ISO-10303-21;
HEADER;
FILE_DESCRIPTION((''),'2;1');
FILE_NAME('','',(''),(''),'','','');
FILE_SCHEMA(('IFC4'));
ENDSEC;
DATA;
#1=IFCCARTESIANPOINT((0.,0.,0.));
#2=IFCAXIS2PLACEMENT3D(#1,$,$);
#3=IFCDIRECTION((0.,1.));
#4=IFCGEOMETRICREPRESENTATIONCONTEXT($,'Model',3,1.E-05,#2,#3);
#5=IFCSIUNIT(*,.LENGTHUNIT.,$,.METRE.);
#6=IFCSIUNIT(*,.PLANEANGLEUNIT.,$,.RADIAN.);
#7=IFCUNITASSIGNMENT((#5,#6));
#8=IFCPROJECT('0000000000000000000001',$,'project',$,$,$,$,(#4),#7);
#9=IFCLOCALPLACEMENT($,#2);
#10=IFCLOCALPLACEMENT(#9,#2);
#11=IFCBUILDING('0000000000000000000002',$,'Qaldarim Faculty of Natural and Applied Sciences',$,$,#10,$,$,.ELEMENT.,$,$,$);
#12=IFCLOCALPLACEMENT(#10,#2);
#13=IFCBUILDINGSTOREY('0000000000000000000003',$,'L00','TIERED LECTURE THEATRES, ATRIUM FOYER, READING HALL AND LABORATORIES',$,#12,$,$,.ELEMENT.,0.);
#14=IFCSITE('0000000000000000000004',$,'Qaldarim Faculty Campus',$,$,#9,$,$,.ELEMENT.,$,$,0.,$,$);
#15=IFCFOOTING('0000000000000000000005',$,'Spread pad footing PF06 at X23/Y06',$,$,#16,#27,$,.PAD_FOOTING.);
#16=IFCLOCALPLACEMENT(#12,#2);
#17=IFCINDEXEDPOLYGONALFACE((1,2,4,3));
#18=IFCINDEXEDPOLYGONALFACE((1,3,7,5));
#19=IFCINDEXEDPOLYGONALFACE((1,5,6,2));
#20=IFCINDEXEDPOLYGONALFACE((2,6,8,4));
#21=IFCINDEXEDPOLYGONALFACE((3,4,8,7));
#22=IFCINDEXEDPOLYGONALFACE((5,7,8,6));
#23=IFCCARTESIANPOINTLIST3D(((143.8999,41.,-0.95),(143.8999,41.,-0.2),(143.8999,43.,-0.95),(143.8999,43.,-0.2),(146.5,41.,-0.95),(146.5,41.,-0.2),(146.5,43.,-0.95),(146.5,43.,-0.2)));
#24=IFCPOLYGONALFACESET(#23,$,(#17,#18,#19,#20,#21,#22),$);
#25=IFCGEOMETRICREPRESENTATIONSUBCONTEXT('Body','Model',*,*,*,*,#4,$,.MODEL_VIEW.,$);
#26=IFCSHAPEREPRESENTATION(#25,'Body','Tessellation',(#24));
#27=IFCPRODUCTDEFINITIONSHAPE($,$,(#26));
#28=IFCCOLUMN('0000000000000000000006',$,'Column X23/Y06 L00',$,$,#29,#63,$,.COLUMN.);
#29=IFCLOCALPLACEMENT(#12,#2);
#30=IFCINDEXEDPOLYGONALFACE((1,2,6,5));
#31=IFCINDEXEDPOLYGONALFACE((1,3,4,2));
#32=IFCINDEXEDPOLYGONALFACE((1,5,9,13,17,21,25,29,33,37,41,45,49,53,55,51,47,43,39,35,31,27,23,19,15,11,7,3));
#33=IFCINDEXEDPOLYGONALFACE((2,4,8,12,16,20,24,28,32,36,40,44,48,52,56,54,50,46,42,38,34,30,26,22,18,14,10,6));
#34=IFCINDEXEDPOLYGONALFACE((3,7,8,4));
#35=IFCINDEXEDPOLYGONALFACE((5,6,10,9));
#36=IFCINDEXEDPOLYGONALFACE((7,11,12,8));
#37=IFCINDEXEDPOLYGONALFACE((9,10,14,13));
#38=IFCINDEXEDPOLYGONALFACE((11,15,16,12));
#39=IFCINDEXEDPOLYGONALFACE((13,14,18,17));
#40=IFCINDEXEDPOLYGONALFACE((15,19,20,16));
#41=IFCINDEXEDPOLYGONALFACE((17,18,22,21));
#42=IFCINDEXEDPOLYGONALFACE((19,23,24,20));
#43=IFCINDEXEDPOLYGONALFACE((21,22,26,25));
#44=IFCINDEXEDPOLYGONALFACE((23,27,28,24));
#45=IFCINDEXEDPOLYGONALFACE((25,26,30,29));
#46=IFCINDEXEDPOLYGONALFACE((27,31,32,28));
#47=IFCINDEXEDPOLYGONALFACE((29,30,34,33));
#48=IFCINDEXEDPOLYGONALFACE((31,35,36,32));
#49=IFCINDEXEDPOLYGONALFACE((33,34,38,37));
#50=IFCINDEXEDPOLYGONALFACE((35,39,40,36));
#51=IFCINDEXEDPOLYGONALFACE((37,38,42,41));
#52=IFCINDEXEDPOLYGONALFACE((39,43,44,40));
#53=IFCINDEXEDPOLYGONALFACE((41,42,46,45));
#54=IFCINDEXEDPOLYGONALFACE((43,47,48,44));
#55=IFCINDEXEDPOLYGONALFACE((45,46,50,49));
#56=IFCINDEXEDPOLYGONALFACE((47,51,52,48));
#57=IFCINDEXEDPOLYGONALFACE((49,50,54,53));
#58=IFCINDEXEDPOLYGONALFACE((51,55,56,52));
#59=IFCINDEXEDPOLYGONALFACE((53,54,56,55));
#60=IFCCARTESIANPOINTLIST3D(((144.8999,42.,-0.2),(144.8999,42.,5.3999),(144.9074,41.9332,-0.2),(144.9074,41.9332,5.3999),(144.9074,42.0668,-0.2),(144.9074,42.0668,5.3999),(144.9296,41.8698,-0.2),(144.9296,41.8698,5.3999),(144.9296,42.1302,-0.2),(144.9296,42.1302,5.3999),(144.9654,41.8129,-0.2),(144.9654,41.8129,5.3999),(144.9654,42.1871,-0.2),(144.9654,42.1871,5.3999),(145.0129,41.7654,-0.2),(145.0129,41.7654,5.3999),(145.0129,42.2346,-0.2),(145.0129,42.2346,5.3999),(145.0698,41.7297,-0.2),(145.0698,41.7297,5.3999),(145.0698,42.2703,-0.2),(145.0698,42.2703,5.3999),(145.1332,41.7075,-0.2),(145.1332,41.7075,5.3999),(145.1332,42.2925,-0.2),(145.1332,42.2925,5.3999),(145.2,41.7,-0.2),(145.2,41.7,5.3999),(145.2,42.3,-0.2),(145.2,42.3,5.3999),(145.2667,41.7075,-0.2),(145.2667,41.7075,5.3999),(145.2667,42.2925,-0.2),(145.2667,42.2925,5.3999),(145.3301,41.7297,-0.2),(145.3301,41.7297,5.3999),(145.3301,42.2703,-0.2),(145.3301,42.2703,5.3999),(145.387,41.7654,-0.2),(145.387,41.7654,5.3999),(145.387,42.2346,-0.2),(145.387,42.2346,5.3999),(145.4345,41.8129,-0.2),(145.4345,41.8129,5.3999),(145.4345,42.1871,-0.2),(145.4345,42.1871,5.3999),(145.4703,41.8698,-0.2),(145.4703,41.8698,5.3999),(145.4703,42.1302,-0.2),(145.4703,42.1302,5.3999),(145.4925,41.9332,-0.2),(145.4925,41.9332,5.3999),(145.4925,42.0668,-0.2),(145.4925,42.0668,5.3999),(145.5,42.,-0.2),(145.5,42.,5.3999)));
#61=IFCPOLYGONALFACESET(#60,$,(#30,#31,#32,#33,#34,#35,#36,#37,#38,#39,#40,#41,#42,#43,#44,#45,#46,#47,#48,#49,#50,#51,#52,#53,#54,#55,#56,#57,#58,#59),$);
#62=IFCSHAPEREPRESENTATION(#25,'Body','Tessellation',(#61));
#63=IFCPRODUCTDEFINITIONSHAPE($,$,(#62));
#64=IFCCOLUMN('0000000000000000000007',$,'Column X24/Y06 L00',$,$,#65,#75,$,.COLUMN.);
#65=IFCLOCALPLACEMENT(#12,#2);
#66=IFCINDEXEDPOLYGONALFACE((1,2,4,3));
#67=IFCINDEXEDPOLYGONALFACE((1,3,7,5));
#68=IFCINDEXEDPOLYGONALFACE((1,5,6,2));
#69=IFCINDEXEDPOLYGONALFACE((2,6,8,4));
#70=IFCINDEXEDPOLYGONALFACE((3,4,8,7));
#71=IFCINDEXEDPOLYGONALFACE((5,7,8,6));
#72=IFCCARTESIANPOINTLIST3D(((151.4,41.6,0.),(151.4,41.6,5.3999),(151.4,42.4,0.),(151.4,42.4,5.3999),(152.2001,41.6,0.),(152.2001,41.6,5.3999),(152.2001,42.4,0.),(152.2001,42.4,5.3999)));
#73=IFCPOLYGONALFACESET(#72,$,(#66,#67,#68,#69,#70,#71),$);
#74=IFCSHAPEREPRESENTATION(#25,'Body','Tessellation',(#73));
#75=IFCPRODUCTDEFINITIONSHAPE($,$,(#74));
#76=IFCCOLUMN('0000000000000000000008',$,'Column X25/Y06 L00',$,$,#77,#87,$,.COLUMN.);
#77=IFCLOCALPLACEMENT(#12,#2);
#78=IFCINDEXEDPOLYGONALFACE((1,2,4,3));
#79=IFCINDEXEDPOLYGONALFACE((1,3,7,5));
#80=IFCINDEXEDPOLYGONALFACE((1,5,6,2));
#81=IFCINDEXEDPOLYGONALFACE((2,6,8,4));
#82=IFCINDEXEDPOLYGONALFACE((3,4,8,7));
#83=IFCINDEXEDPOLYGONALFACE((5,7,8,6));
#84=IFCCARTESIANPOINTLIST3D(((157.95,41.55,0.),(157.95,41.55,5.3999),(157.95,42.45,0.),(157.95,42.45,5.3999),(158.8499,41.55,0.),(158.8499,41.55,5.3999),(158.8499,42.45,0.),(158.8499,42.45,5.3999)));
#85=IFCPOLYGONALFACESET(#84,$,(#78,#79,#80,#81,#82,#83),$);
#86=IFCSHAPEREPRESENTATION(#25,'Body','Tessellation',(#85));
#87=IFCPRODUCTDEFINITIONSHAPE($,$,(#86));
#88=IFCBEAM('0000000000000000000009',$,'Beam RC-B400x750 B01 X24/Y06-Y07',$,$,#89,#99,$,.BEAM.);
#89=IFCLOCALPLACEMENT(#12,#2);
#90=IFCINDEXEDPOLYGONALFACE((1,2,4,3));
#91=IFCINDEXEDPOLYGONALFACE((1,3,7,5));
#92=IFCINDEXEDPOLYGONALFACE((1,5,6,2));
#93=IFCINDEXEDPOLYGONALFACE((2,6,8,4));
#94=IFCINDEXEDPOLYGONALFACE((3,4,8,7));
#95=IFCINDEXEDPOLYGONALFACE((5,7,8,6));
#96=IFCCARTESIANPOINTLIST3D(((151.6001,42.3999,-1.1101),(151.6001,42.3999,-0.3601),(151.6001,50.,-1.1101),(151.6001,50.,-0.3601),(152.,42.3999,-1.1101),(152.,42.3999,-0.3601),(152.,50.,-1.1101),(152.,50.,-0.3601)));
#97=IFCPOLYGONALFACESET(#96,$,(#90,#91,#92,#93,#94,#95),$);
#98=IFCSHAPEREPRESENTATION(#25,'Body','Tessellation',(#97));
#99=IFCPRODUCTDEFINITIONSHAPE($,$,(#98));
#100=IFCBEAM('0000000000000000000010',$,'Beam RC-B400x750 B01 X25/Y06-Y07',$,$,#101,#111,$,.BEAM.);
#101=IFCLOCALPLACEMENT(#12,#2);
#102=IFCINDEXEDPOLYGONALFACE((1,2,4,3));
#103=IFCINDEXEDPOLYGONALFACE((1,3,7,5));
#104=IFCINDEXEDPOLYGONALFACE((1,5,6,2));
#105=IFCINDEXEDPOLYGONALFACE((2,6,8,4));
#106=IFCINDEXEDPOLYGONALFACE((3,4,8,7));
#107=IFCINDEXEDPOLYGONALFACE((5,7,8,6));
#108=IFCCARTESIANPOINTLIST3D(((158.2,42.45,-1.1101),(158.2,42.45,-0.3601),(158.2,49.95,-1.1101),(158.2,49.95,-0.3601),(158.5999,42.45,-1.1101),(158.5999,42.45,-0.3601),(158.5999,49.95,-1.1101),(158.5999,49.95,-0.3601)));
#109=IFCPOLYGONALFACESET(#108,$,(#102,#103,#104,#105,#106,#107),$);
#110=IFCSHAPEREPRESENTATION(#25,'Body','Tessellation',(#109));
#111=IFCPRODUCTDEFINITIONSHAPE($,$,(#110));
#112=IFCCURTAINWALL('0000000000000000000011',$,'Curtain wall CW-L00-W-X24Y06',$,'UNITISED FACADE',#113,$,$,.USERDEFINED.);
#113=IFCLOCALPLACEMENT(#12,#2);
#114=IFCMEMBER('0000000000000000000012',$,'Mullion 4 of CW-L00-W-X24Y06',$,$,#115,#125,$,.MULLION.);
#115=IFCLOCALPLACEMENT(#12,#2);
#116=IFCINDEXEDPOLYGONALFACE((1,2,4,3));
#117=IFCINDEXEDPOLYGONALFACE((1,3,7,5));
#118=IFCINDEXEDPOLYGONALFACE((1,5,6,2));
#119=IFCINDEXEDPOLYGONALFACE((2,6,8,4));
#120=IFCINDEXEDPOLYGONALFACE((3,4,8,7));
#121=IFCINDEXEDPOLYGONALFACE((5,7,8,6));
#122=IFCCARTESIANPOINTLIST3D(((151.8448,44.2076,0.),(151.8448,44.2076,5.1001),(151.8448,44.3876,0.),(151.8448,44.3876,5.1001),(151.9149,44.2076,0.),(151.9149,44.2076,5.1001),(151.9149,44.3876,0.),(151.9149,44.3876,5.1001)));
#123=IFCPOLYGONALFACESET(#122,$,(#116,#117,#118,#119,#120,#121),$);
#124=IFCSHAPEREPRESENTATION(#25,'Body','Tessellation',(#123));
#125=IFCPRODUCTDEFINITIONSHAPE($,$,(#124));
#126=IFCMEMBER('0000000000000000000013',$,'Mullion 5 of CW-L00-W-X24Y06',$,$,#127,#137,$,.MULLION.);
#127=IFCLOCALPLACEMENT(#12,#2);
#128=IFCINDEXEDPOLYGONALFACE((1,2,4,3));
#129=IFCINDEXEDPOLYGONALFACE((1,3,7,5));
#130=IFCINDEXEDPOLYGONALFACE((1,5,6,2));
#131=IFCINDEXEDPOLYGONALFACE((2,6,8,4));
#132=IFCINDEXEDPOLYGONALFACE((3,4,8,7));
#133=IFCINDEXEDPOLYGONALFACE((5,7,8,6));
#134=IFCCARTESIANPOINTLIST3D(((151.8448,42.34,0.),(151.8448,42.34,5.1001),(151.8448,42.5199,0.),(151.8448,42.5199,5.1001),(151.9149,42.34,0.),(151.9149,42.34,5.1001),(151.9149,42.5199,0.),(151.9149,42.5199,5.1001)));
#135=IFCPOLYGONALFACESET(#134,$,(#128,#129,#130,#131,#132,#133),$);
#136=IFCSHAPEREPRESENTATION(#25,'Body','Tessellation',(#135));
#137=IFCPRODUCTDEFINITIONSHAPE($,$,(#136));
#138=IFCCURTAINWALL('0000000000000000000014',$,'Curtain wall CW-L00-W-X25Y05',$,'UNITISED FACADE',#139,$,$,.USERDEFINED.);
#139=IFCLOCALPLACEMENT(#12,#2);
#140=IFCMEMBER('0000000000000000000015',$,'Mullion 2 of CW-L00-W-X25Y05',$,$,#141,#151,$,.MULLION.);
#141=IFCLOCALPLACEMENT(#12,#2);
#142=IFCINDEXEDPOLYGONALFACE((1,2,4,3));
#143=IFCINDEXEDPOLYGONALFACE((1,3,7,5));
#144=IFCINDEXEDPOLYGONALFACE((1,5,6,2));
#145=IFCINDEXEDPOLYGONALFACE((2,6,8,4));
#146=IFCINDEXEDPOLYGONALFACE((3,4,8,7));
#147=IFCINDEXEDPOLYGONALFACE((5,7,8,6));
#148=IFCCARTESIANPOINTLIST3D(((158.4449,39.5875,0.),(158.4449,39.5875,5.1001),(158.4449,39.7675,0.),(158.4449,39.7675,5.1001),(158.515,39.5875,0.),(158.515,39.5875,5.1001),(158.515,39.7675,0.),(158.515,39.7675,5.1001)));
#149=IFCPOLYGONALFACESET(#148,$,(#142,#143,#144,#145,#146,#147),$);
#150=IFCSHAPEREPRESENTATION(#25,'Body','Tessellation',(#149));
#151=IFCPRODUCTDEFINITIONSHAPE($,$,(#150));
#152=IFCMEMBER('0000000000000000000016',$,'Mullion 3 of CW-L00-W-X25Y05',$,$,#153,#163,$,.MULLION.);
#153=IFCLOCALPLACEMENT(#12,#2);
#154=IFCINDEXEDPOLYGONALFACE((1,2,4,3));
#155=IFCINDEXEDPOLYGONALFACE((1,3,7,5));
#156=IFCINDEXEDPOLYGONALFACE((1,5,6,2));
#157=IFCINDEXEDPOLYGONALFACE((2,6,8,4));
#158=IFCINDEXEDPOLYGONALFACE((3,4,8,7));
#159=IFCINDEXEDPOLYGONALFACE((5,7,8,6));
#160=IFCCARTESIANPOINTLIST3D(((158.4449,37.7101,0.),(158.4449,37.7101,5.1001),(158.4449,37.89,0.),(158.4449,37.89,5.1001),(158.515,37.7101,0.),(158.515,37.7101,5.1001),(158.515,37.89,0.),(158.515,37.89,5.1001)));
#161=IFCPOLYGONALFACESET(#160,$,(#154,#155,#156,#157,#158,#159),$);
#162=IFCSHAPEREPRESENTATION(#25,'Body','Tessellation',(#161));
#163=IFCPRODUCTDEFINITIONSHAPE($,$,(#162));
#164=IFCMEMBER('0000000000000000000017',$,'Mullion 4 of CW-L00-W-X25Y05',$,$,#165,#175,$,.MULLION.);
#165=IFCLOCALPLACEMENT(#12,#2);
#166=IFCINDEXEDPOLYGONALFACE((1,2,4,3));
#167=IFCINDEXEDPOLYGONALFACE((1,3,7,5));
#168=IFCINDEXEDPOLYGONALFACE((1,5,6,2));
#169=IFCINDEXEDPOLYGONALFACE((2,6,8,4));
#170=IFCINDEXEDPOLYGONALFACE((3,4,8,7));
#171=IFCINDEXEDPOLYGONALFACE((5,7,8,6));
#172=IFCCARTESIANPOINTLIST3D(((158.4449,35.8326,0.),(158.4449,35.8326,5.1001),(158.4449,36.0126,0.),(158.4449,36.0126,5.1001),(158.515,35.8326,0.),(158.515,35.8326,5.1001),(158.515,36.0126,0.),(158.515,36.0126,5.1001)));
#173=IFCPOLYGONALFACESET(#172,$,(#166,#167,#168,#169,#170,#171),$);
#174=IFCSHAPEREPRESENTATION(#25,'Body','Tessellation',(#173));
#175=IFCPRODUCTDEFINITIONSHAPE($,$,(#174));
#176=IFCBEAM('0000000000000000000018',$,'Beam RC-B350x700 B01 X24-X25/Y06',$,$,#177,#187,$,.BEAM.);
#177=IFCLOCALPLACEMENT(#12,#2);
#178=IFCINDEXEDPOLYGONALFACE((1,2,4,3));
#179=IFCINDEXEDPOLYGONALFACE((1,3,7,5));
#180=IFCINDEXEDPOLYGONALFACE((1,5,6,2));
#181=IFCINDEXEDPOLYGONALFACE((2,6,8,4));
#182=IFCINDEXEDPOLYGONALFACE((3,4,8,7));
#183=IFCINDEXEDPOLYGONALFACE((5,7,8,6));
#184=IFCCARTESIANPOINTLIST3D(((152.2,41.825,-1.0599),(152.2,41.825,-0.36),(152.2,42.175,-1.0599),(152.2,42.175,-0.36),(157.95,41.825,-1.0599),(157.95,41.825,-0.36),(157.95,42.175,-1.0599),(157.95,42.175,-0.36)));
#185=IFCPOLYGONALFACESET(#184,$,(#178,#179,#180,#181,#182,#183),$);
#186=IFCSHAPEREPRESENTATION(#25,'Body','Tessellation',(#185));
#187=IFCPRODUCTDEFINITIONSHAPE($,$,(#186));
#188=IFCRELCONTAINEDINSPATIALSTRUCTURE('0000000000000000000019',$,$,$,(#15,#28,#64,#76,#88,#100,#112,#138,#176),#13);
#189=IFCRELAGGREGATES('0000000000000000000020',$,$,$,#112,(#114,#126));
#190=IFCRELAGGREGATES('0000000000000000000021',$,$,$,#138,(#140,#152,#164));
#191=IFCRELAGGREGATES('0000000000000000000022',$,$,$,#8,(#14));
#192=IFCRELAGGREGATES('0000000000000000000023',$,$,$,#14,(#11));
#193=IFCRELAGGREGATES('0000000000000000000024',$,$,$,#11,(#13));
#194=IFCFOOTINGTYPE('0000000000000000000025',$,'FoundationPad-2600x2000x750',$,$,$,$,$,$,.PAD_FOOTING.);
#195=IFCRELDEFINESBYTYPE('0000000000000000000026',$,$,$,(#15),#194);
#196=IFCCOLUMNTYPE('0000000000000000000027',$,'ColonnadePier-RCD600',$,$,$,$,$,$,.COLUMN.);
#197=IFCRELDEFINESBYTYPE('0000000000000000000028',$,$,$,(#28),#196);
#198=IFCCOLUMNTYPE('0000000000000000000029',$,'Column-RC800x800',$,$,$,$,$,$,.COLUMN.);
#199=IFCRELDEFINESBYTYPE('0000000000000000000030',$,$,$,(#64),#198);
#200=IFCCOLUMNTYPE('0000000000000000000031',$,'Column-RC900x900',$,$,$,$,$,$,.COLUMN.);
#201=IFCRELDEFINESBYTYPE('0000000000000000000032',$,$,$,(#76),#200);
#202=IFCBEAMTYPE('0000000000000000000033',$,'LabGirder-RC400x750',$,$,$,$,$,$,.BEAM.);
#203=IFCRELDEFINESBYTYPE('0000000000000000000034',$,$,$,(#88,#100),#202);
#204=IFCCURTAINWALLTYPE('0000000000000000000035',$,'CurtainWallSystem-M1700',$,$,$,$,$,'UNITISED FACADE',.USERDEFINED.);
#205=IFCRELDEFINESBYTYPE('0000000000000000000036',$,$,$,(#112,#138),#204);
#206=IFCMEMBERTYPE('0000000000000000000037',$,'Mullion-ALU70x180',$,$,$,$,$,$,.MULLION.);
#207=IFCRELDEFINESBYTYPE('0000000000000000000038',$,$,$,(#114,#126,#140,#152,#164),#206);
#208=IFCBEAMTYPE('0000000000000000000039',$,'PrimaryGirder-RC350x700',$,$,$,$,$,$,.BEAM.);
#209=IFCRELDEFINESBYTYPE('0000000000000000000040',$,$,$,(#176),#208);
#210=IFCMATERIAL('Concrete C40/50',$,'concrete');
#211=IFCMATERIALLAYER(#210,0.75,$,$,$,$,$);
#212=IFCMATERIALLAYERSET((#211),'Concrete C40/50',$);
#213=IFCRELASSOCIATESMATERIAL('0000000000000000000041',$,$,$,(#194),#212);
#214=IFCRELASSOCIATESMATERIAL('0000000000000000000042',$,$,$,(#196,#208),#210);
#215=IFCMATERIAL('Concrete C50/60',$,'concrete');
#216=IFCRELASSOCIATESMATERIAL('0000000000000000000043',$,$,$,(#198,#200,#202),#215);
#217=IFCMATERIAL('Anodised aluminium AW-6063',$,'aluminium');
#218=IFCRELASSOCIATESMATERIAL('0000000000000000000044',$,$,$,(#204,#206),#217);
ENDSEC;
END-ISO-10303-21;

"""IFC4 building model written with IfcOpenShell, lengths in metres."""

from ifc_helpers import new_model, si_unit, direction, frame, origin, origin_2d, place, context, subcontext, project, spatial, rectangle, circle, extrude, material, layer, layer_set, material_profile, profile_set, type_object, element, aggregate, save


model = new_model("IFC4")

# Units and contexts
model_context = context("Model", 3, precision=1e-05, world=origin(), true_north=direction((0.0, 1.0)))
body_context = subcontext(model_context, "Body", "Model", "MODEL_VIEW")
ifc_project = project(units=[si_unit("LENGTHUNIT", "METRE"), si_unit("PLANEANGLEUNIT", "RADIAN")], contexts=[model_context])

# Site, building, storey
site_placement = place(None, origin())
site = spatial("IfcSite", under=ifc_project, at=site_placement, Name="Qaldarim Faculty Campus", CompositionType="ELEMENT", RefElevation=0.0)
building_placement = place(site_placement, origin())
building = spatial("IfcBuilding", under=site, at=building_placement, Name="Qaldarim Faculty of Natural and Applied Sciences", CompositionType="ELEMENT")
storey_placement = place(building_placement, origin())
storey = spatial("IfcBuildingStorey", under=building, at=storey_placement, Name="L00", Description="TIERED LECTURE THEATRES, ATRIUM FOYER, READING HALL AND LABORATORIES", CompositionType="ELEMENT", Elevation=0.0)

# Footing
ifc_material_1 = material(Name="Concrete C40/50", Category="concrete")
ifc_layer_1 = layer(ifc_material_1, 0.75)
ifc_layer_set_1 = layer_set([ifc_layer_1], Name="Concrete C40/50")
footing_type = type_object("IfcFootingType", Name="FoundationPad-2600x2000x750", PredefinedType="PAD_FOOTING", material=ifc_layer_set_1)
footing_placement = place(storey_placement, frame((145.2, 42.0, -0.95), z_axis=(0.0, 0.0, 1.0), x_axis=(1.0, 0.0, 0.0)))
element("IfcFooting", 1, at=footing_placement, inside=storey, type_object=footing_type, Name="Spread pad footing PF06 at X23/Y06", PredefinedType="PAD_FOOTING", context=body_context, shape_type="SweptSolid", body=[
    extrude(rectangle(XDim=2.6001, YDim=2.0, at=origin_2d()), origin(), (0.0, 0.0, 1.0), 0.75),
])

# Columns
ifc_material_profile_1 = material_profile(ifc_material_1, circle(Radius=0.3, at=origin_2d()), Name="RC-D600")
ifc_profile_set_1 = profile_set([ifc_material_profile_1], Name="Concrete C40/50")
column_type_1 = type_object("IfcColumnType", Name="ColonnadePier-RCD600", PredefinedType="COLUMN", material=ifc_profile_set_1)
column_1_placement = place(storey_placement, frame((145.2, 42.0, -0.2), z_axis=(0.0, 0.0, 1.0), x_axis=(1.0, 0.0, 0.0)))
element("IfcColumn", 2, at=column_1_placement, inside=storey, type_object=column_type_1, Name="Column X23/Y06 L00", PredefinedType="COLUMN", context=body_context, shape_type="SweptSolid", body=[
    extrude(circle(Radius=0.3, at=origin_2d()), origin(), (0.0, 0.0, 1.0), 5.5999),
])
ifc_material_2 = material(Name="Concrete C50/60", Category="concrete")
ifc_material_profile_2 = material_profile(ifc_material_2, rectangle(XDim=0.8, YDim=0.8, at=origin_2d()), Name="RC-C800x800")
ifc_profile_set_2 = profile_set([ifc_material_profile_2], Name="Concrete C50/60")
column_type_2 = type_object("IfcColumnType", Name="Column-RC800x800", PredefinedType="COLUMN", material=ifc_profile_set_2)
column_2_placement = place(storey_placement, frame((151.8, 42.0, 0.0), z_axis=(0.0, 0.0, 1.0), x_axis=(1.0, 0.0, 0.0)))
element("IfcColumn", 3, at=column_2_placement, inside=storey, type_object=column_type_2, Name="Column X24/Y06 L00", PredefinedType="COLUMN", context=body_context, shape_type="SweptSolid", body=[
    extrude(rectangle(XDim=0.8, YDim=0.8, at=origin_2d()), origin(), (0.0, 0.0, 1.0), 5.3999),
])
ifc_material_profile_3 = material_profile(ifc_material_2, rectangle(XDim=0.8999, YDim=0.8999, at=origin_2d()), Name="RC-C900x900")
ifc_profile_set_3 = profile_set([ifc_material_profile_3], Name="Concrete C50/60")
column_type_3 = type_object("IfcColumnType", Name="Column-RC900x900", PredefinedType="COLUMN", material=ifc_profile_set_3)
column_3_placement = place(storey_placement, frame((158.3999, 42.0, 0.0), z_axis=(0.0, 0.0, 1.0), x_axis=(1.0, 0.0, 0.0)))
element("IfcColumn", 4, at=column_3_placement, inside=storey, type_object=column_type_3, Name="Column X25/Y06 L00", PredefinedType="COLUMN", context=body_context, shape_type="SweptSolid", body=[
    extrude(rectangle(XDim=0.8999, YDim=0.8999, at=origin_2d()), origin(), (0.0, 0.0, 1.0), 5.3999),
])

# Beams
ifc_material_profile_4 = material_profile(ifc_material_2, rectangle(XDim=0.3999, YDim=0.75, at=origin_2d()), Name="RC-B400x750")
ifc_profile_set_4 = profile_set([ifc_material_profile_4], Name="Concrete C50/60")
beam_type_1 = type_object("IfcBeamType", Name="LabGirder-RC400x750", PredefinedType="BEAM", material=ifc_profile_set_4)
beam_1_placement = place(storey_placement, frame((151.8, 42.3999, -0.7351), z_axis=(0.0, 1.0, 0.0), x_axis=(-1.0, 0.0, 0.0)))
element("IfcBeam", 5, at=beam_1_placement, inside=storey, type_object=beam_type_1, Name="Beam RC-B400x750 B01 X24/Y06-Y07", PredefinedType="BEAM", context=body_context, shape_type="SweptSolid", body=[
    extrude(rectangle(XDim=0.3999, YDim=0.75, at=origin_2d()), origin(), (0.0, 0.0, 1.0), 7.6001),
])
beam_2_placement = place(storey_placement, frame((158.3999, 42.45, -0.7351), z_axis=(0.0, 1.0, 0.0), x_axis=(-1.0, 0.0, 0.0)))
element("IfcBeam", 6, at=beam_2_placement, inside=storey, type_object=beam_type_1, Name="Beam RC-B400x750 B01 X25/Y06-Y07", PredefinedType="BEAM", context=body_context, shape_type="SweptSolid", body=[
    extrude(rectangle(XDim=0.3999, YDim=0.75, at=origin_2d()), origin(), (0.0, 0.0, 1.0), 7.5),
])

# Curtain walls, members
ifc_material_3 = material(Name="Anodised aluminium AW-6063", Category="aluminium")
curtain_wall_type = type_object("IfcCurtainWallType", Name="CurtainWallSystem-M1700", ElementType="UNITISED FACADE", PredefinedType="USERDEFINED", material=ifc_material_3)
curtain_wall_1_placement = place(storey_placement, origin())
curtain_wall_1 = element("IfcCurtainWall", 7, at=curtain_wall_1_placement, inside=storey, type_object=curtain_wall_type, Name="Curtain wall CW-L00-W-X24Y06", ObjectType="UNITISED FACADE", PredefinedType="USERDEFINED")
ifc_material_profile_5 = material_profile(ifc_material_3, rectangle(XDim=0.0701, YDim=0.1799, at=origin_2d()), Name="ALU-M70x180")
ifc_profile_set_5 = profile_set([ifc_material_profile_5], Name="Anodised aluminium AW-6063")
member_type_1 = type_object("IfcMemberType", Name="Mullion-ALU70x180", PredefinedType="MULLION", material=ifc_profile_set_5)
member_1_placement = place(storey_placement, frame((151.8799, 44.2976, 0.0), z_axis=(0.0, 0.0, 1.0), x_axis=(1.0, 0.0, 0.0)))
member_1 = element("IfcMember", 8, at=member_1_placement, type_object=member_type_1, Name="Mullion 4 of CW-L00-W-X24Y06", PredefinedType="MULLION", context=body_context, shape_type="SweptSolid", body=[
    extrude(rectangle(XDim=0.0701, YDim=0.1799, at=origin_2d()), origin(), (0.0, 0.0, 1.0), 5.1001),
])
member_2_placement = place(storey_placement, frame((151.8799, 42.4299, 0.0), z_axis=(0.0, 0.0, 1.0), x_axis=(1.0, 0.0, 0.0)))
member_2 = element("IfcMember", 9, at=member_2_placement, type_object=member_type_1, Name="Mullion 5 of CW-L00-W-X24Y06", PredefinedType="MULLION", context=body_context, shape_type="SweptSolid", body=[
    extrude(rectangle(XDim=0.0701, YDim=0.1799, at=origin_2d()), origin(), (0.0, 0.0, 1.0), 5.1001),
])
curtain_wall_2_placement = place(storey_placement, origin())
curtain_wall_2 = element("IfcCurtainWall", 10, at=curtain_wall_2_placement, inside=storey, type_object=curtain_wall_type, Name="Curtain wall CW-L00-W-X25Y05", ObjectType="UNITISED FACADE", PredefinedType="USERDEFINED")
member_3_placement = place(storey_placement, frame((158.48, 39.6775, 0.0), z_axis=(0.0, 0.0, 1.0), x_axis=(1.0, 0.0, 0.0)))
member_3 = element("IfcMember", 11, at=member_3_placement, type_object=member_type_1, Name="Mullion 2 of CW-L00-W-X25Y05", PredefinedType="MULLION", context=body_context, shape_type="SweptSolid", body=[
    extrude(rectangle(XDim=0.0701, YDim=0.1799, at=origin_2d()), origin(), (0.0, 0.0, 1.0), 5.1001),
])
member_4_placement = place(storey_placement, frame((158.48, 37.8, 0.0), z_axis=(0.0, 0.0, 1.0), x_axis=(1.0, 0.0, 0.0)))
member_4 = element("IfcMember", 12, at=member_4_placement, type_object=member_type_1, Name="Mullion 3 of CW-L00-W-X25Y05", PredefinedType="MULLION", context=body_context, shape_type="SweptSolid", body=[
    extrude(rectangle(XDim=0.0701, YDim=0.1799, at=origin_2d()), origin(), (0.0, 0.0, 1.0), 5.1001),
])
member_5_placement = place(storey_placement, frame((158.48, 35.9226, 0.0), z_axis=(0.0, 0.0, 1.0), x_axis=(1.0, 0.0, 0.0)))
member_5 = element("IfcMember", 13, at=member_5_placement, type_object=member_type_1, Name="Mullion 4 of CW-L00-W-X25Y05", PredefinedType="MULLION", context=body_context, shape_type="SweptSolid", body=[
    extrude(rectangle(XDim=0.0701, YDim=0.1799, at=origin_2d()), origin(), (0.0, 0.0, 1.0), 5.1001),
])

# Beam
ifc_material_profile_6 = material_profile(ifc_material_1, rectangle(XDim=0.3501, YDim=0.7, at=origin_2d()), Name="RC-B350x700")
ifc_profile_set_6 = profile_set([ifc_material_profile_6], Name="Concrete C40/50")
beam_type_2 = type_object("IfcBeamType", Name="PrimaryGirder-RC350x700", PredefinedType="BEAM", material=ifc_profile_set_6)
beam_3_placement = place(storey_placement, frame((152.2, 42.0, -0.71), z_axis=(1.0, 0.0, 0.0), x_axis=(0.0, 1.0, 0.0)))
element("IfcBeam", 14, at=beam_3_placement, inside=storey, type_object=beam_type_2, Name="Beam RC-B350x700 B01 X24-X25/Y06", PredefinedType="BEAM", context=body_context, shape_type="SweptSolid", body=[
    extrude(rectangle(XDim=0.3501, YDim=0.7, at=origin_2d()), origin(), (0.0, 0.0, 1.0), 5.75),
])

aggregate(curtain_wall_1, [member_1, member_2])
aggregate(curtain_wall_2, [member_3, member_4, member_5])

save(model, "model.ifc")
